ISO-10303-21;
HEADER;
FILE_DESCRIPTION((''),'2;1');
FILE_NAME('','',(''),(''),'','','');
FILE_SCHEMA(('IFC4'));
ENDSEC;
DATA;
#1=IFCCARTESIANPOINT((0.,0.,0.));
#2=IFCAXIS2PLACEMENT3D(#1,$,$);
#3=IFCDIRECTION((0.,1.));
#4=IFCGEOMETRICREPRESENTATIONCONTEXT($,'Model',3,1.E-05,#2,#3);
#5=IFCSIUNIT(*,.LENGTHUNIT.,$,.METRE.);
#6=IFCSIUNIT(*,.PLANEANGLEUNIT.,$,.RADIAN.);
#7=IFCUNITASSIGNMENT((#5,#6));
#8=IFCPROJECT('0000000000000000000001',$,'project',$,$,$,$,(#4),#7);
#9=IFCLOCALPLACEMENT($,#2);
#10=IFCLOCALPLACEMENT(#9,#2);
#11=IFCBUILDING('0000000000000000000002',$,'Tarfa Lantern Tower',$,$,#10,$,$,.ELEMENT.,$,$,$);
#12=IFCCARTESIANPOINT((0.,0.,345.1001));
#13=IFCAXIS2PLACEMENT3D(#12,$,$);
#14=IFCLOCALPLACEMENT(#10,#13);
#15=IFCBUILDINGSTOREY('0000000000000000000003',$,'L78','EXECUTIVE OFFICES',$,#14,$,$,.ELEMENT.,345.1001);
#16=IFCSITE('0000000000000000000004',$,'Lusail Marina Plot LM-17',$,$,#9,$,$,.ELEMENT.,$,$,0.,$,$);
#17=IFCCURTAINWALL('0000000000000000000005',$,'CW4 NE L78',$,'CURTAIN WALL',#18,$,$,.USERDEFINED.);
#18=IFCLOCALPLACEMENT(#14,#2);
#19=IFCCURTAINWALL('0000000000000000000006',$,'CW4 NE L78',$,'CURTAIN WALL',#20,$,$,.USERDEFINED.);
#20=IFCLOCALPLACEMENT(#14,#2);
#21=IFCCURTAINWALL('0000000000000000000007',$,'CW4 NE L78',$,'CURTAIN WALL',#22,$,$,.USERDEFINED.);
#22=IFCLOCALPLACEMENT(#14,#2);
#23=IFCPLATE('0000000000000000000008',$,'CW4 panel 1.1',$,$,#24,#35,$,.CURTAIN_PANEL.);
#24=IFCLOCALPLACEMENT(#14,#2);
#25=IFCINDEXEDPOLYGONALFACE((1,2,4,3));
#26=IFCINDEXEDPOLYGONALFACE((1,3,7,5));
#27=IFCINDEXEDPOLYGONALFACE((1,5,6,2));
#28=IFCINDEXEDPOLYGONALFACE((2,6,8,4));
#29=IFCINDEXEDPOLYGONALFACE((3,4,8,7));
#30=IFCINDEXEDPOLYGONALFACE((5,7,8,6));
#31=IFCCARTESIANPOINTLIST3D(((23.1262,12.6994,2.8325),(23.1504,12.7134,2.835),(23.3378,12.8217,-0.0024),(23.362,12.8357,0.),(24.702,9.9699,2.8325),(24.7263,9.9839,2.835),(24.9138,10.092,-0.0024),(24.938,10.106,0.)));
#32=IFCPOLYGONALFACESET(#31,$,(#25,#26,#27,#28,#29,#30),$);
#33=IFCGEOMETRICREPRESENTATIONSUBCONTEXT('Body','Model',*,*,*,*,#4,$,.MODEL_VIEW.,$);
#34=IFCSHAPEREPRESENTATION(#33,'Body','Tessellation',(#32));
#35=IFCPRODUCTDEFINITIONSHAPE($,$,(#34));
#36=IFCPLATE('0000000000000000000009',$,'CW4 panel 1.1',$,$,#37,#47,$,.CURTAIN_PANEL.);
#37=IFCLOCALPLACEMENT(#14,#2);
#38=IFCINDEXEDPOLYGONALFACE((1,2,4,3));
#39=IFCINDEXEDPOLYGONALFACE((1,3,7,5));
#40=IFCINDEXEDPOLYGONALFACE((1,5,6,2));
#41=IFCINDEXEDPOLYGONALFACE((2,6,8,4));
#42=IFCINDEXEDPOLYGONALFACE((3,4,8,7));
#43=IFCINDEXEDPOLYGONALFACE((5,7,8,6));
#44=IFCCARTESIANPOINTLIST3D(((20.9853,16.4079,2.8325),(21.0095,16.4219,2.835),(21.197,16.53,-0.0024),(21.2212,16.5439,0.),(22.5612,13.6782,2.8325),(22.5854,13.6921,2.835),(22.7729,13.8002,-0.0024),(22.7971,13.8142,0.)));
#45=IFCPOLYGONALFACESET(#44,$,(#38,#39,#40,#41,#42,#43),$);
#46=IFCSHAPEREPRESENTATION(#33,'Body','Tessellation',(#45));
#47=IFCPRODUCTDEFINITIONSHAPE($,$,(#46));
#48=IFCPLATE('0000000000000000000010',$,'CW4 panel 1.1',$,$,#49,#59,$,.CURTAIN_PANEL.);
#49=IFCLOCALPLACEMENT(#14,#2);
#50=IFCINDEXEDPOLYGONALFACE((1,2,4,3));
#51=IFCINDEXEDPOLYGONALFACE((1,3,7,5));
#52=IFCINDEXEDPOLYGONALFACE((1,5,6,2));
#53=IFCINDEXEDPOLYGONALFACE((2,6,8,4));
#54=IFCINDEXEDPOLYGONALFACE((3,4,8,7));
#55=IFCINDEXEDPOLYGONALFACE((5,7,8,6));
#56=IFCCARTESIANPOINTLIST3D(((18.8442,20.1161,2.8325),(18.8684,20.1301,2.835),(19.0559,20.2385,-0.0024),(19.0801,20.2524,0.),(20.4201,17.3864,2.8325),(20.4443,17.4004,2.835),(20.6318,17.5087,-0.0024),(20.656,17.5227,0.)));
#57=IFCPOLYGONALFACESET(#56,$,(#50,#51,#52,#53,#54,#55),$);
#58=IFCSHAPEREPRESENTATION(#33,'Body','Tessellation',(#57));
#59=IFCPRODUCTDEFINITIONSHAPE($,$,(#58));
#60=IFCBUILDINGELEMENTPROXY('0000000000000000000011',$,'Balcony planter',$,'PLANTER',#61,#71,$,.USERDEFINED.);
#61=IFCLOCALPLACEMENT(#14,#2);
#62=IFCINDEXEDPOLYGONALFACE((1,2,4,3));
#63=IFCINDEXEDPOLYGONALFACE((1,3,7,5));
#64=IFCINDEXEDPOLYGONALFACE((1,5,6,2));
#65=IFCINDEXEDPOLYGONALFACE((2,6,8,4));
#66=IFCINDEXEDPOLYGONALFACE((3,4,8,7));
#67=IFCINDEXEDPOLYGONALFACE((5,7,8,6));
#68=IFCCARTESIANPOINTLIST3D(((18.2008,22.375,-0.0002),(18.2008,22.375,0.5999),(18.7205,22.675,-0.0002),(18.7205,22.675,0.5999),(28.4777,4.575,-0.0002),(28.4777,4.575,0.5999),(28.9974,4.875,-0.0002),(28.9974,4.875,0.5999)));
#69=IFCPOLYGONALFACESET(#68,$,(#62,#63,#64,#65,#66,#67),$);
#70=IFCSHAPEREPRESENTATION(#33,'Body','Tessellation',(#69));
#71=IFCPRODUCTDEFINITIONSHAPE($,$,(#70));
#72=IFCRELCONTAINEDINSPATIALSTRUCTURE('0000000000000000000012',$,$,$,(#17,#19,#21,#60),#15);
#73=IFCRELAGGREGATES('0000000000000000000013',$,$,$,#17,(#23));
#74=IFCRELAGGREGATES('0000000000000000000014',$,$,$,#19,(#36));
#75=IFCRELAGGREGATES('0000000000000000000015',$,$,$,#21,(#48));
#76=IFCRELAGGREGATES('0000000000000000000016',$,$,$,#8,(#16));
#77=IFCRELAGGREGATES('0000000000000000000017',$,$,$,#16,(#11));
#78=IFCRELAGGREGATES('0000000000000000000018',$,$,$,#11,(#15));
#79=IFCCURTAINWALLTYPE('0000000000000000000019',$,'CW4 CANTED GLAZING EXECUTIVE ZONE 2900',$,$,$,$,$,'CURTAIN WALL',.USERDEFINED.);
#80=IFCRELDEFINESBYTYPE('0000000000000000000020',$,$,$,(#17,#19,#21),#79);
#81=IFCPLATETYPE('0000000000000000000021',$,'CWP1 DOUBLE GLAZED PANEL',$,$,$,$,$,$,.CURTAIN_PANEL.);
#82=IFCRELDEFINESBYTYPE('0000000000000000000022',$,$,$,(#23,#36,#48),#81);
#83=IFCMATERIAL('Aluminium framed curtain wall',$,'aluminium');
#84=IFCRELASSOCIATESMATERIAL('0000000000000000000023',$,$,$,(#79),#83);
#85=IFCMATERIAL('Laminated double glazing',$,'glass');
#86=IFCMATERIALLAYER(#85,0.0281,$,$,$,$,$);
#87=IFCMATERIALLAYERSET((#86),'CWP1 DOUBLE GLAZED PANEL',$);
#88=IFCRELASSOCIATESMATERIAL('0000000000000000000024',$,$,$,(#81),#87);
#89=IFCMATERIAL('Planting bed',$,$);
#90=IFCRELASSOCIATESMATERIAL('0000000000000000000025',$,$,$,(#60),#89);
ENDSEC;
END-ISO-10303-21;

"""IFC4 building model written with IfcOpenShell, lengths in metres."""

from ifc_helpers import new_model, si_unit, direction, frame, origin, origin_2d, place, context, subcontext, project, spatial, polyline, rectangle, outline, extrude, material, layer, layer_set, type_object, element, aggregate, save


model = new_model("IFC4")

# Units and contexts
model_context = context("Model", 3, precision=1e-05, world=origin(), true_north=direction((0.0, 1.0)))
body_context = subcontext(model_context, "Body", "Model", "MODEL_VIEW")
ifc_project = project(units=[si_unit("LENGTHUNIT", "METRE"), si_unit("PLANEANGLEUNIT", "RADIAN")], contexts=[model_context])

# Site, building, storey
site_placement = place(None, origin())
site = spatial("IfcSite", under=ifc_project, at=site_placement, Name="Lusail Marina Plot LM-17", CompositionType="ELEMENT", RefElevation=0.0)
building_placement = place(site_placement, origin())
building = spatial("IfcBuilding", under=site, at=building_placement, Name="Tarfa Lantern Tower", CompositionType="ELEMENT")
storey_placement = place(building_placement, frame((0.0, 0.0, 345.1001)))
storey = spatial("IfcBuildingStorey", under=building, at=storey_placement, Name="L78", Description="EXECUTIVE OFFICES", CompositionType="ELEMENT", Elevation=345.1001)

# Curtain walls
ifc_material_1 = material(Name="Aluminium framed curtain wall", Category="aluminium")
curtain_wall_type = type_object("IfcCurtainWallType", Name="CW4 CANTED GLAZING EXECUTIVE ZONE 2900", ElementType="CURTAIN WALL", PredefinedType="USERDEFINED", material=ifc_material_1)
curtain_wall_1_placement = place(storey_placement, origin())
curtain_wall_1 = element("IfcCurtainWall", 1, at=curtain_wall_1_placement, inside=storey, type_object=curtain_wall_type, Name="CW4 NE L78", ObjectType="CURTAIN WALL", PredefinedType="USERDEFINED")
curtain_wall_2_placement = place(storey_placement, origin())
curtain_wall_2 = element("IfcCurtainWall", 2, at=curtain_wall_2_placement, inside=storey, type_object=curtain_wall_type, Name="CW4 NE L78", ObjectType="CURTAIN WALL", PredefinedType="USERDEFINED")
curtain_wall_3_placement = place(storey_placement, origin())
curtain_wall_3 = element("IfcCurtainWall", 3, at=curtain_wall_3_placement, inside=storey, type_object=curtain_wall_type, Name="CW4 NE L78", ObjectType="CURTAIN WALL", PredefinedType="USERDEFINED")

# Plates
ifc_material_2 = material(Name="Laminated double glazing", Category="glass")
ifc_layer = layer(ifc_material_2, 0.0281)
ifc_layer_set = layer_set([ifc_layer], Name="CWP1 DOUBLE GLAZED PANEL")
plate_type = type_object("IfcPlateType", Name="CWP1 DOUBLE GLAZED PANEL", PredefinedType="CURTAIN_PANEL", material=ifc_layer_set)
plate_1_placement = place(storey_placement, frame((24.938, 10.106, 0.0), z_axis=(0.862827, 0.498148, 0.085893), x_axis=(-0.499996, 0.866028, -0.000002)))
plate_1 = element("IfcPlate", 4, at=plate_1_placement, type_object=plate_type, Name="CW4 panel 1.1", PredefinedType="CURTAIN_PANEL", context=body_context, shape_type="SweptSolid", body=[
    extrude(outline(polyline([(0.0, 0.0), (3.152, 0.0), (3.1519, 2.8455), (0.0001, 2.8455), (0.0, 0.0)])), origin(), (0.0, 0.0, -1.0), 0.0281),
])
aggregate(curtain_wall_1, [plate_1])
plate_2_placement = place(storey_placement, frame((22.7971, 13.8142, 0.0), z_axis=(0.862838, 0.498133, 0.085872), x_axis=(-0.499979, 0.866037, 0.0)))
plate_2 = element("IfcPlate", 5, at=plate_2_placement, type_object=plate_type, Name="CW4 panel 1.1", PredefinedType="CURTAIN_PANEL", context=body_context, shape_type="SweptSolid", body=[
    extrude(outline(polyline([(0.0, 0.0), (3.152, 0.0), (3.1521, 2.8455), (0.0001, 2.8455), (0.0, 0.0)])), origin(), (0.0, 0.0, -1.0), 0.0281),
])
aggregate(curtain_wall_2, [plate_2])
plate_3_placement = place(storey_placement, frame((20.656, 17.5227, 0.0), z_axis=(0.862835, 0.498131, 0.085915), x_axis=(-0.499979, 0.866037, 0.0)))
plate_3 = element("IfcPlate", 6, at=plate_3_placement, type_object=plate_type, Name="CW4 panel 1.1", PredefinedType="CURTAIN_PANEL", context=body_context, shape_type="SweptSolid", body=[
    extrude(outline(polyline([(0.0, 0.0), (3.152, 0.0), (3.1519, 2.8455), (-0.0001, 2.8455), (0.0, 0.0)])), origin(), (0.0, 0.0, -1.0), 0.0281),
])
aggregate(curtain_wall_3, [plate_3])

# Building element proxy
ifc_material_3 = material(Name="Planting bed")
proxy_placement = place(storey_placement, frame((23.5991, 13.625, -0.0002), z_axis=(0.0, 0.0, 1.0), x_axis=(-0.5, 0.866025, 0.0)))
element("IfcBuildingElementProxy", 7, at=proxy_placement, inside=storey, material=ifc_material_3, Name="Balcony planter", ObjectType="PLANTER", PredefinedType="USERDEFINED", context=body_context, shape_type="SweptSolid", body=[
    extrude(rectangle(XDim=20.5537, YDim=0.6001, at=origin_2d()), origin(), (0.0, 0.0, 1.0), 0.6001),
])

save(model, "model.ifc")
